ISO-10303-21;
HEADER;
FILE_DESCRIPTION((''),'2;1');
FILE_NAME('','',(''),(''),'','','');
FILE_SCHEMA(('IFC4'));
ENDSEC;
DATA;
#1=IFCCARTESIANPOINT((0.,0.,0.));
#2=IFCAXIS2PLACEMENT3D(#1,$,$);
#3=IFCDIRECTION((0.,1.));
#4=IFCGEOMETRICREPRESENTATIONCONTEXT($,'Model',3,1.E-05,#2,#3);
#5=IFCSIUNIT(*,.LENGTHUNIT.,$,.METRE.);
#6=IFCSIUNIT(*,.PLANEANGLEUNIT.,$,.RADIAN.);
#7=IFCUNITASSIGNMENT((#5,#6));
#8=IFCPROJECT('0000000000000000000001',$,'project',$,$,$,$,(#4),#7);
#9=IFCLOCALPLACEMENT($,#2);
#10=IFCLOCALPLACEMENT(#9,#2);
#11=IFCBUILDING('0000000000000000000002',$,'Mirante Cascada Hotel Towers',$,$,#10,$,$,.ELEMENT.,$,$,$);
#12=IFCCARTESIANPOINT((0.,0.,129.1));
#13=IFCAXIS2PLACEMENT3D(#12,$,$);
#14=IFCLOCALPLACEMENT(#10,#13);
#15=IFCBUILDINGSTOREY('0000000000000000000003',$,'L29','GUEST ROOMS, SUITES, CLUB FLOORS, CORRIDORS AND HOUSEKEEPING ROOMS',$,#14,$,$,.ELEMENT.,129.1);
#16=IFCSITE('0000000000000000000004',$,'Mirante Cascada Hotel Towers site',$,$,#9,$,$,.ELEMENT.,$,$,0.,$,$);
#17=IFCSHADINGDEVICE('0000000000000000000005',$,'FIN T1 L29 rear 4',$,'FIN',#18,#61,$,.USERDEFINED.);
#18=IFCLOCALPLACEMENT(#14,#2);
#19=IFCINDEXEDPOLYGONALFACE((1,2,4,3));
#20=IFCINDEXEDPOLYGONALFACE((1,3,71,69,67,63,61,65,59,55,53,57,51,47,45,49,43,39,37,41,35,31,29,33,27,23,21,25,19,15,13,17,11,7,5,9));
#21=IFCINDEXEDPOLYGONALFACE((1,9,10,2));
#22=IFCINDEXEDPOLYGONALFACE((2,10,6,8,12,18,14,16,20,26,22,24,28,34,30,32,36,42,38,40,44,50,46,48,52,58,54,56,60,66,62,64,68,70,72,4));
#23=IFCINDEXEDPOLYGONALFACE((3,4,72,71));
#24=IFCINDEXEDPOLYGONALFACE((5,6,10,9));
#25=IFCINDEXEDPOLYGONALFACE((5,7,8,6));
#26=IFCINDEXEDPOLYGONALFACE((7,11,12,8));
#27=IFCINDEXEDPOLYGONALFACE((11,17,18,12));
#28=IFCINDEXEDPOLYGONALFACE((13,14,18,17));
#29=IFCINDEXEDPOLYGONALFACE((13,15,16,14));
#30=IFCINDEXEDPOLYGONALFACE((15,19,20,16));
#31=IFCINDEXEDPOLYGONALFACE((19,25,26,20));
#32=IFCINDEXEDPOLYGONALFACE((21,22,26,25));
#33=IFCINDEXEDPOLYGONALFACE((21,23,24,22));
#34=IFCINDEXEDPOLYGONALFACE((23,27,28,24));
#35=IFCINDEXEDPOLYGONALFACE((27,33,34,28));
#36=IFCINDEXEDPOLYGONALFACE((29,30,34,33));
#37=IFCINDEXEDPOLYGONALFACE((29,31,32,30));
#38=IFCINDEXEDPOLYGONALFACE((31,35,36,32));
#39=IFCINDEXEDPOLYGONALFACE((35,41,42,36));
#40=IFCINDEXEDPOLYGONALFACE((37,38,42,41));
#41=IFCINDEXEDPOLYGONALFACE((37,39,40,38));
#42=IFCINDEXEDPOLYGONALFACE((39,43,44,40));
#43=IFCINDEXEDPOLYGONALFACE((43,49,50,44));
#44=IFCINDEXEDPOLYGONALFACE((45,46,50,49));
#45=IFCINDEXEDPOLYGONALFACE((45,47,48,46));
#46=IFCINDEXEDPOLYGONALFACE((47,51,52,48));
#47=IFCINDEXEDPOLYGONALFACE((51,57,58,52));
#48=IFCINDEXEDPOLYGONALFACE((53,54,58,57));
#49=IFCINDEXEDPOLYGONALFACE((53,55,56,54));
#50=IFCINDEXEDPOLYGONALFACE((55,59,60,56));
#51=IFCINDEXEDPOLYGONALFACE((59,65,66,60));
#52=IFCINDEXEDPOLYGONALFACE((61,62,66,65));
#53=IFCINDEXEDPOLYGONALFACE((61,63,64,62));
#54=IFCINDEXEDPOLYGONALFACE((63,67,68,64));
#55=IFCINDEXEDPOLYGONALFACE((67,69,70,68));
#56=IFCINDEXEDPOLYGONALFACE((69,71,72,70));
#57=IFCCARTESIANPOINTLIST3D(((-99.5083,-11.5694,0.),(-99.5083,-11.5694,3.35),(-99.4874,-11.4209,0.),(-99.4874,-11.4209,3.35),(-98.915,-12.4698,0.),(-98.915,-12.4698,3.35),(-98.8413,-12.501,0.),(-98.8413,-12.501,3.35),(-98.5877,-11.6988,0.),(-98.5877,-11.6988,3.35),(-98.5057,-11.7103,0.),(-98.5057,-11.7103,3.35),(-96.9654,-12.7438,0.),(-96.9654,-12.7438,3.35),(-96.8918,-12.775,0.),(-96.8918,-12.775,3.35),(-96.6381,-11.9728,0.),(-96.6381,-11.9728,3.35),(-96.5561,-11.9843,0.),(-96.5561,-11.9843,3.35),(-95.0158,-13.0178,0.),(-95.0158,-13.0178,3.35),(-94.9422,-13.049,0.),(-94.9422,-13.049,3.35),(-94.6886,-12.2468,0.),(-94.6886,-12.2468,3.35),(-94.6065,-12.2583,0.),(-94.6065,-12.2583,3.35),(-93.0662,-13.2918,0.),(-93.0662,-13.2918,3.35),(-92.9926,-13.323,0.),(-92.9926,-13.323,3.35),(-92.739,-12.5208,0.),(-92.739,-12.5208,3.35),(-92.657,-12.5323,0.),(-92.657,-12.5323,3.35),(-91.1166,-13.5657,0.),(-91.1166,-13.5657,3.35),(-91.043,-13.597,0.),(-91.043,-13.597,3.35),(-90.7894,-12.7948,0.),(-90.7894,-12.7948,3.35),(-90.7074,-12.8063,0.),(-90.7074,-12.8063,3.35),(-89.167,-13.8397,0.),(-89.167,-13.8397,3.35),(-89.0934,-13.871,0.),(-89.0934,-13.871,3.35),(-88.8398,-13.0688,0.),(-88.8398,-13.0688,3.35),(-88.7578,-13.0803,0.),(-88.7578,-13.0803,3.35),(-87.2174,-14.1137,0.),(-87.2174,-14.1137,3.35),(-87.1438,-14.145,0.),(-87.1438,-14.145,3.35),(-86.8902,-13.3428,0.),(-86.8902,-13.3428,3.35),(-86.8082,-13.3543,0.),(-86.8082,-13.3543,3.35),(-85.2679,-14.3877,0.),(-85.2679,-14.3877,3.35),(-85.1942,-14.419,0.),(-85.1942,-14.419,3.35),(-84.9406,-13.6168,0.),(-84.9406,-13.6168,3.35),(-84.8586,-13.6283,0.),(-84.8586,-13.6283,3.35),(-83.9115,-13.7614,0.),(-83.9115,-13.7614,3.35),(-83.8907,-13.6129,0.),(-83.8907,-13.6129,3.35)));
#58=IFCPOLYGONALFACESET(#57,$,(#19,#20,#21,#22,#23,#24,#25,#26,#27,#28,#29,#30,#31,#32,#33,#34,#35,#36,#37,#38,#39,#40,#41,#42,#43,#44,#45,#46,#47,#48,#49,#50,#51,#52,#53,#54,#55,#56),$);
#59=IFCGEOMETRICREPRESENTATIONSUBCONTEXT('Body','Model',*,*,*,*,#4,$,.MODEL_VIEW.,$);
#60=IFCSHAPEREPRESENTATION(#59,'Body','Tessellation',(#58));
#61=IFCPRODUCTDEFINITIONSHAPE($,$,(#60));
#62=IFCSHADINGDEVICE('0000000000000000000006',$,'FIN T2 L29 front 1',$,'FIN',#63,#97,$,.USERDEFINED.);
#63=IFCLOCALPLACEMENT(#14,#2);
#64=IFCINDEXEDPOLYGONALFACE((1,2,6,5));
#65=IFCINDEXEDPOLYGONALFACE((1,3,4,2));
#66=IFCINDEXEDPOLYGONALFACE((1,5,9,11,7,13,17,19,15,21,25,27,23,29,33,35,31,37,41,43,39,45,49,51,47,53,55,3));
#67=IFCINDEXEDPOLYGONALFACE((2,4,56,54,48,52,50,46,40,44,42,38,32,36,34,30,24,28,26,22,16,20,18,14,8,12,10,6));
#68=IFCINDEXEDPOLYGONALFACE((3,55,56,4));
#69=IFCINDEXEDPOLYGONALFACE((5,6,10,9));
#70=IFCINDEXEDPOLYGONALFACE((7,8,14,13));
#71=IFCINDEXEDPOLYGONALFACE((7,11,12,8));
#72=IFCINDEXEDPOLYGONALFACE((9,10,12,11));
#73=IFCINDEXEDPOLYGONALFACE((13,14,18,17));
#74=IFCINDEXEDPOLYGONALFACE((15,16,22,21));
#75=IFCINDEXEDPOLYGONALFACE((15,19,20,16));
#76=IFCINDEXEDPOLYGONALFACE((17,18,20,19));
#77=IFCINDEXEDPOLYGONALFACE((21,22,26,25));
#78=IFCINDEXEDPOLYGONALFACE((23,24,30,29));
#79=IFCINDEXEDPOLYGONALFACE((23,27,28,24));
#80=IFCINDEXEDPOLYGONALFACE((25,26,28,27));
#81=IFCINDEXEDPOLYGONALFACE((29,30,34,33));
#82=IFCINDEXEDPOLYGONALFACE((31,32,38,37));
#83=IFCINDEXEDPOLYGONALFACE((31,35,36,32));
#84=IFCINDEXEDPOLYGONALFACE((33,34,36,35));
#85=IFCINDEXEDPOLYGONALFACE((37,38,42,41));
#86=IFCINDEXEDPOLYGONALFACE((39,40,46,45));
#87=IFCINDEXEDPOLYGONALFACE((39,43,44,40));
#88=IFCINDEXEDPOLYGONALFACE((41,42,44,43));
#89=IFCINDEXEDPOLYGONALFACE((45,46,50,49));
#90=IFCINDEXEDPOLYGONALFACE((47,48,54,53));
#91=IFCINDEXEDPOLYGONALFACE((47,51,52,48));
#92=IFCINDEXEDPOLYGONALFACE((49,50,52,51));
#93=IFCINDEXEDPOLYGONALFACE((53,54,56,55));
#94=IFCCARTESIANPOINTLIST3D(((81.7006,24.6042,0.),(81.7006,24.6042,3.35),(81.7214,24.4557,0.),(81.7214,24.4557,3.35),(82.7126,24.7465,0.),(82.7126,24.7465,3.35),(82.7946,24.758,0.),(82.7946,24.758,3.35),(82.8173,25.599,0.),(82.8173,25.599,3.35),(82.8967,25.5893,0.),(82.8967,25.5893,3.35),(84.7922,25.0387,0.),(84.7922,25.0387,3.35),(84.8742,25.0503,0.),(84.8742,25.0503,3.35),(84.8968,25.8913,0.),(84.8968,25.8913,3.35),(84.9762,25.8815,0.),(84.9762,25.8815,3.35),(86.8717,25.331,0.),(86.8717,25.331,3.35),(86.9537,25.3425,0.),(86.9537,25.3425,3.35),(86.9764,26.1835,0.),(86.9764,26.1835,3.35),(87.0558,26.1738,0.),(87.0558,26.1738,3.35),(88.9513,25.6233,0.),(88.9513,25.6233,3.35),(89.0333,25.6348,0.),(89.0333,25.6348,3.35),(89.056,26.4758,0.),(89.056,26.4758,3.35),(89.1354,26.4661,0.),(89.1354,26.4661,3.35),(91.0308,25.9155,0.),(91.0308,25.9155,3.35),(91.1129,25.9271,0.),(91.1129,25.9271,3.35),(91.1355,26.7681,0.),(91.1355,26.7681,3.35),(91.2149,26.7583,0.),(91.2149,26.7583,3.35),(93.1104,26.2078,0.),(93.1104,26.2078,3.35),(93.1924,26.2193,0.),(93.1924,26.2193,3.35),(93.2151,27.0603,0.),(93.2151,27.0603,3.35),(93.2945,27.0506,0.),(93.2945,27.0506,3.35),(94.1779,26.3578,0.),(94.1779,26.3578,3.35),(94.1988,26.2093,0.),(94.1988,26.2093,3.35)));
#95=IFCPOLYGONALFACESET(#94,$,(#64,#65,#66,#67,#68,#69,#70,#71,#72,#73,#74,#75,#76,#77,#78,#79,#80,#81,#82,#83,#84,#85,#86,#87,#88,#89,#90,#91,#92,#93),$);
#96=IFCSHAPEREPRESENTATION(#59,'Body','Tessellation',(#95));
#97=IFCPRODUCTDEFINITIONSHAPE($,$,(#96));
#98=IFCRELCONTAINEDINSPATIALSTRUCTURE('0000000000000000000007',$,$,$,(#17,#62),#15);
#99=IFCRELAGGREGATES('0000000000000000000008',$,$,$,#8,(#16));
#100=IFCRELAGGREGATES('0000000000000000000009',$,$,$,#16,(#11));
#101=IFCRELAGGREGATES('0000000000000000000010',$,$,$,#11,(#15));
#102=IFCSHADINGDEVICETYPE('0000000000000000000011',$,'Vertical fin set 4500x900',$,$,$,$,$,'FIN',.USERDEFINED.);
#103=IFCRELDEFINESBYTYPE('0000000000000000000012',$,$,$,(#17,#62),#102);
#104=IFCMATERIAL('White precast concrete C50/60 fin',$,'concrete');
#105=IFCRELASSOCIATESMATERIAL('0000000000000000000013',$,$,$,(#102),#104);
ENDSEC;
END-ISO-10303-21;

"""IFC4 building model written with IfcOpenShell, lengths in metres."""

from ifc_helpers import new_model, si_unit, direction, frame, origin, place, context, subcontext, project, spatial, polyline, outline, extrude, material, type_object, element, save


model = new_model("IFC4")

# Units and contexts
model_context = context("Model", 3, precision=1e-05, world=origin(), true_north=direction((0.0, 1.0)))
body_context = subcontext(model_context, "Body", "Model", "MODEL_VIEW")
ifc_project = project(units=[si_unit("LENGTHUNIT", "METRE"), si_unit("PLANEANGLEUNIT", "RADIAN")], contexts=[model_context])

# Site, building, storey
site_placement = place(None, origin())
site = spatial("IfcSite", under=ifc_project, at=site_placement, Name="Mirante Cascada Hotel Towers site", CompositionType="ELEMENT", RefElevation=0.0)
building_placement = place(site_placement, origin())
building = spatial("IfcBuilding", under=site, at=building_placement, Name="Mirante Cascada Hotel Towers", CompositionType="ELEMENT")
storey_placement = place(building_placement, frame((0.0, 0.0, 129.1)))
storey = spatial("IfcBuildingStorey", under=building, at=storey_placement, Name="L29", Description="GUEST ROOMS, SUITES, CLUB FLOORS, CORRIDORS AND HOUSEKEEPING ROOMS", CompositionType="ELEMENT", Elevation=129.1)

# Shading devices
ifc_material_1 = material(Name="White precast concrete C50/60 fin", Category="concrete")
shading_device_type = type_object("IfcShadingDeviceType", Name="Vertical fin set 4500x900", ElementType="FIN", PredefinedType="USERDEFINED", material=ifc_material_1)
shading_device_1_placement = place(storey_placement, origin())
element("IfcShadingDevice", 1, at=shading_device_1_placement, inside=storey, type_object=shading_device_type, Name="FIN T1 L29 rear 4", ObjectType="FIN", PredefinedType="USERDEFINED", context=body_context, shape_type="SweptSolid", body=[
    extrude(outline(polyline([(-84.9406, -13.6168), (-86.8082, -13.3543), (-87.1438, -14.145), (-87.2174, -14.1137), (-86.8902, -13.3428), (-88.7578, -13.0803), (-89.0934, -13.871), (-89.167, -13.8397), (-88.8398, -13.0688), (-90.7074, -12.8063), (-91.043, -13.597), (-91.1166, -13.5657), (-90.7894, -12.7948), (-92.657, -12.5323), (-92.9926, -13.323), (-93.0662, -13.2918), (-92.739, -12.5208), (-94.6065, -12.2583), (-94.9422, -13.049), (-95.0158, -13.0178), (-94.6886, -12.2468), (-96.5561, -11.9843), (-96.8918, -12.775), (-96.9654, -12.7438), (-96.6381, -11.9728), (-98.5057, -11.7103), (-98.8413, -12.501), (-98.915, -12.4698), (-98.5877, -11.6988), (-99.5083, -11.5694), (-99.4874, -11.4209), (-83.8907, -13.6129), (-83.9115, -13.7614), (-84.8586, -13.6283), (-85.1942, -14.419), (-85.2679, -14.3877), (-84.9406, -13.6168)])), origin(), (0.0, 0.0, 1.0), 3.35),
])
shading_device_2_placement = place(storey_placement, origin())
element("IfcShadingDevice", 2, at=shading_device_2_placement, inside=storey, type_object=shading_device_type, Name="FIN T2 L29 front 1", ObjectType="FIN", PredefinedType="USERDEFINED", context=body_context, shape_type="SweptSolid", body=[
    extrude(outline(polyline([(82.8967, 25.5893), (82.7946, 24.758), (84.7922, 25.0387), (84.8968, 25.8913), (84.9762, 25.8815), (84.8742, 25.0503), (86.8717, 25.331), (86.9764, 26.1835), (87.0558, 26.1738), (86.9537, 25.3425), (88.9513, 25.6233), (89.056, 26.4758), (89.1354, 26.4661), (89.0333, 25.6348), (91.0308, 25.9155), (91.1355, 26.7681), (91.2149, 26.7583), (91.1129, 25.9271), (93.1104, 26.2078), (93.2151, 27.0603), (93.2945, 27.0506), (93.1924, 26.2193), (94.1779, 26.3578), (94.1988, 26.2093), (81.7214, 24.4557), (81.7006, 24.6042), (82.7126, 24.7465), (82.8173, 25.599), (82.8967, 25.5893)])), origin(), (0.0, 0.0, 1.0), 3.35),
])

save(model, "model.ifc")
